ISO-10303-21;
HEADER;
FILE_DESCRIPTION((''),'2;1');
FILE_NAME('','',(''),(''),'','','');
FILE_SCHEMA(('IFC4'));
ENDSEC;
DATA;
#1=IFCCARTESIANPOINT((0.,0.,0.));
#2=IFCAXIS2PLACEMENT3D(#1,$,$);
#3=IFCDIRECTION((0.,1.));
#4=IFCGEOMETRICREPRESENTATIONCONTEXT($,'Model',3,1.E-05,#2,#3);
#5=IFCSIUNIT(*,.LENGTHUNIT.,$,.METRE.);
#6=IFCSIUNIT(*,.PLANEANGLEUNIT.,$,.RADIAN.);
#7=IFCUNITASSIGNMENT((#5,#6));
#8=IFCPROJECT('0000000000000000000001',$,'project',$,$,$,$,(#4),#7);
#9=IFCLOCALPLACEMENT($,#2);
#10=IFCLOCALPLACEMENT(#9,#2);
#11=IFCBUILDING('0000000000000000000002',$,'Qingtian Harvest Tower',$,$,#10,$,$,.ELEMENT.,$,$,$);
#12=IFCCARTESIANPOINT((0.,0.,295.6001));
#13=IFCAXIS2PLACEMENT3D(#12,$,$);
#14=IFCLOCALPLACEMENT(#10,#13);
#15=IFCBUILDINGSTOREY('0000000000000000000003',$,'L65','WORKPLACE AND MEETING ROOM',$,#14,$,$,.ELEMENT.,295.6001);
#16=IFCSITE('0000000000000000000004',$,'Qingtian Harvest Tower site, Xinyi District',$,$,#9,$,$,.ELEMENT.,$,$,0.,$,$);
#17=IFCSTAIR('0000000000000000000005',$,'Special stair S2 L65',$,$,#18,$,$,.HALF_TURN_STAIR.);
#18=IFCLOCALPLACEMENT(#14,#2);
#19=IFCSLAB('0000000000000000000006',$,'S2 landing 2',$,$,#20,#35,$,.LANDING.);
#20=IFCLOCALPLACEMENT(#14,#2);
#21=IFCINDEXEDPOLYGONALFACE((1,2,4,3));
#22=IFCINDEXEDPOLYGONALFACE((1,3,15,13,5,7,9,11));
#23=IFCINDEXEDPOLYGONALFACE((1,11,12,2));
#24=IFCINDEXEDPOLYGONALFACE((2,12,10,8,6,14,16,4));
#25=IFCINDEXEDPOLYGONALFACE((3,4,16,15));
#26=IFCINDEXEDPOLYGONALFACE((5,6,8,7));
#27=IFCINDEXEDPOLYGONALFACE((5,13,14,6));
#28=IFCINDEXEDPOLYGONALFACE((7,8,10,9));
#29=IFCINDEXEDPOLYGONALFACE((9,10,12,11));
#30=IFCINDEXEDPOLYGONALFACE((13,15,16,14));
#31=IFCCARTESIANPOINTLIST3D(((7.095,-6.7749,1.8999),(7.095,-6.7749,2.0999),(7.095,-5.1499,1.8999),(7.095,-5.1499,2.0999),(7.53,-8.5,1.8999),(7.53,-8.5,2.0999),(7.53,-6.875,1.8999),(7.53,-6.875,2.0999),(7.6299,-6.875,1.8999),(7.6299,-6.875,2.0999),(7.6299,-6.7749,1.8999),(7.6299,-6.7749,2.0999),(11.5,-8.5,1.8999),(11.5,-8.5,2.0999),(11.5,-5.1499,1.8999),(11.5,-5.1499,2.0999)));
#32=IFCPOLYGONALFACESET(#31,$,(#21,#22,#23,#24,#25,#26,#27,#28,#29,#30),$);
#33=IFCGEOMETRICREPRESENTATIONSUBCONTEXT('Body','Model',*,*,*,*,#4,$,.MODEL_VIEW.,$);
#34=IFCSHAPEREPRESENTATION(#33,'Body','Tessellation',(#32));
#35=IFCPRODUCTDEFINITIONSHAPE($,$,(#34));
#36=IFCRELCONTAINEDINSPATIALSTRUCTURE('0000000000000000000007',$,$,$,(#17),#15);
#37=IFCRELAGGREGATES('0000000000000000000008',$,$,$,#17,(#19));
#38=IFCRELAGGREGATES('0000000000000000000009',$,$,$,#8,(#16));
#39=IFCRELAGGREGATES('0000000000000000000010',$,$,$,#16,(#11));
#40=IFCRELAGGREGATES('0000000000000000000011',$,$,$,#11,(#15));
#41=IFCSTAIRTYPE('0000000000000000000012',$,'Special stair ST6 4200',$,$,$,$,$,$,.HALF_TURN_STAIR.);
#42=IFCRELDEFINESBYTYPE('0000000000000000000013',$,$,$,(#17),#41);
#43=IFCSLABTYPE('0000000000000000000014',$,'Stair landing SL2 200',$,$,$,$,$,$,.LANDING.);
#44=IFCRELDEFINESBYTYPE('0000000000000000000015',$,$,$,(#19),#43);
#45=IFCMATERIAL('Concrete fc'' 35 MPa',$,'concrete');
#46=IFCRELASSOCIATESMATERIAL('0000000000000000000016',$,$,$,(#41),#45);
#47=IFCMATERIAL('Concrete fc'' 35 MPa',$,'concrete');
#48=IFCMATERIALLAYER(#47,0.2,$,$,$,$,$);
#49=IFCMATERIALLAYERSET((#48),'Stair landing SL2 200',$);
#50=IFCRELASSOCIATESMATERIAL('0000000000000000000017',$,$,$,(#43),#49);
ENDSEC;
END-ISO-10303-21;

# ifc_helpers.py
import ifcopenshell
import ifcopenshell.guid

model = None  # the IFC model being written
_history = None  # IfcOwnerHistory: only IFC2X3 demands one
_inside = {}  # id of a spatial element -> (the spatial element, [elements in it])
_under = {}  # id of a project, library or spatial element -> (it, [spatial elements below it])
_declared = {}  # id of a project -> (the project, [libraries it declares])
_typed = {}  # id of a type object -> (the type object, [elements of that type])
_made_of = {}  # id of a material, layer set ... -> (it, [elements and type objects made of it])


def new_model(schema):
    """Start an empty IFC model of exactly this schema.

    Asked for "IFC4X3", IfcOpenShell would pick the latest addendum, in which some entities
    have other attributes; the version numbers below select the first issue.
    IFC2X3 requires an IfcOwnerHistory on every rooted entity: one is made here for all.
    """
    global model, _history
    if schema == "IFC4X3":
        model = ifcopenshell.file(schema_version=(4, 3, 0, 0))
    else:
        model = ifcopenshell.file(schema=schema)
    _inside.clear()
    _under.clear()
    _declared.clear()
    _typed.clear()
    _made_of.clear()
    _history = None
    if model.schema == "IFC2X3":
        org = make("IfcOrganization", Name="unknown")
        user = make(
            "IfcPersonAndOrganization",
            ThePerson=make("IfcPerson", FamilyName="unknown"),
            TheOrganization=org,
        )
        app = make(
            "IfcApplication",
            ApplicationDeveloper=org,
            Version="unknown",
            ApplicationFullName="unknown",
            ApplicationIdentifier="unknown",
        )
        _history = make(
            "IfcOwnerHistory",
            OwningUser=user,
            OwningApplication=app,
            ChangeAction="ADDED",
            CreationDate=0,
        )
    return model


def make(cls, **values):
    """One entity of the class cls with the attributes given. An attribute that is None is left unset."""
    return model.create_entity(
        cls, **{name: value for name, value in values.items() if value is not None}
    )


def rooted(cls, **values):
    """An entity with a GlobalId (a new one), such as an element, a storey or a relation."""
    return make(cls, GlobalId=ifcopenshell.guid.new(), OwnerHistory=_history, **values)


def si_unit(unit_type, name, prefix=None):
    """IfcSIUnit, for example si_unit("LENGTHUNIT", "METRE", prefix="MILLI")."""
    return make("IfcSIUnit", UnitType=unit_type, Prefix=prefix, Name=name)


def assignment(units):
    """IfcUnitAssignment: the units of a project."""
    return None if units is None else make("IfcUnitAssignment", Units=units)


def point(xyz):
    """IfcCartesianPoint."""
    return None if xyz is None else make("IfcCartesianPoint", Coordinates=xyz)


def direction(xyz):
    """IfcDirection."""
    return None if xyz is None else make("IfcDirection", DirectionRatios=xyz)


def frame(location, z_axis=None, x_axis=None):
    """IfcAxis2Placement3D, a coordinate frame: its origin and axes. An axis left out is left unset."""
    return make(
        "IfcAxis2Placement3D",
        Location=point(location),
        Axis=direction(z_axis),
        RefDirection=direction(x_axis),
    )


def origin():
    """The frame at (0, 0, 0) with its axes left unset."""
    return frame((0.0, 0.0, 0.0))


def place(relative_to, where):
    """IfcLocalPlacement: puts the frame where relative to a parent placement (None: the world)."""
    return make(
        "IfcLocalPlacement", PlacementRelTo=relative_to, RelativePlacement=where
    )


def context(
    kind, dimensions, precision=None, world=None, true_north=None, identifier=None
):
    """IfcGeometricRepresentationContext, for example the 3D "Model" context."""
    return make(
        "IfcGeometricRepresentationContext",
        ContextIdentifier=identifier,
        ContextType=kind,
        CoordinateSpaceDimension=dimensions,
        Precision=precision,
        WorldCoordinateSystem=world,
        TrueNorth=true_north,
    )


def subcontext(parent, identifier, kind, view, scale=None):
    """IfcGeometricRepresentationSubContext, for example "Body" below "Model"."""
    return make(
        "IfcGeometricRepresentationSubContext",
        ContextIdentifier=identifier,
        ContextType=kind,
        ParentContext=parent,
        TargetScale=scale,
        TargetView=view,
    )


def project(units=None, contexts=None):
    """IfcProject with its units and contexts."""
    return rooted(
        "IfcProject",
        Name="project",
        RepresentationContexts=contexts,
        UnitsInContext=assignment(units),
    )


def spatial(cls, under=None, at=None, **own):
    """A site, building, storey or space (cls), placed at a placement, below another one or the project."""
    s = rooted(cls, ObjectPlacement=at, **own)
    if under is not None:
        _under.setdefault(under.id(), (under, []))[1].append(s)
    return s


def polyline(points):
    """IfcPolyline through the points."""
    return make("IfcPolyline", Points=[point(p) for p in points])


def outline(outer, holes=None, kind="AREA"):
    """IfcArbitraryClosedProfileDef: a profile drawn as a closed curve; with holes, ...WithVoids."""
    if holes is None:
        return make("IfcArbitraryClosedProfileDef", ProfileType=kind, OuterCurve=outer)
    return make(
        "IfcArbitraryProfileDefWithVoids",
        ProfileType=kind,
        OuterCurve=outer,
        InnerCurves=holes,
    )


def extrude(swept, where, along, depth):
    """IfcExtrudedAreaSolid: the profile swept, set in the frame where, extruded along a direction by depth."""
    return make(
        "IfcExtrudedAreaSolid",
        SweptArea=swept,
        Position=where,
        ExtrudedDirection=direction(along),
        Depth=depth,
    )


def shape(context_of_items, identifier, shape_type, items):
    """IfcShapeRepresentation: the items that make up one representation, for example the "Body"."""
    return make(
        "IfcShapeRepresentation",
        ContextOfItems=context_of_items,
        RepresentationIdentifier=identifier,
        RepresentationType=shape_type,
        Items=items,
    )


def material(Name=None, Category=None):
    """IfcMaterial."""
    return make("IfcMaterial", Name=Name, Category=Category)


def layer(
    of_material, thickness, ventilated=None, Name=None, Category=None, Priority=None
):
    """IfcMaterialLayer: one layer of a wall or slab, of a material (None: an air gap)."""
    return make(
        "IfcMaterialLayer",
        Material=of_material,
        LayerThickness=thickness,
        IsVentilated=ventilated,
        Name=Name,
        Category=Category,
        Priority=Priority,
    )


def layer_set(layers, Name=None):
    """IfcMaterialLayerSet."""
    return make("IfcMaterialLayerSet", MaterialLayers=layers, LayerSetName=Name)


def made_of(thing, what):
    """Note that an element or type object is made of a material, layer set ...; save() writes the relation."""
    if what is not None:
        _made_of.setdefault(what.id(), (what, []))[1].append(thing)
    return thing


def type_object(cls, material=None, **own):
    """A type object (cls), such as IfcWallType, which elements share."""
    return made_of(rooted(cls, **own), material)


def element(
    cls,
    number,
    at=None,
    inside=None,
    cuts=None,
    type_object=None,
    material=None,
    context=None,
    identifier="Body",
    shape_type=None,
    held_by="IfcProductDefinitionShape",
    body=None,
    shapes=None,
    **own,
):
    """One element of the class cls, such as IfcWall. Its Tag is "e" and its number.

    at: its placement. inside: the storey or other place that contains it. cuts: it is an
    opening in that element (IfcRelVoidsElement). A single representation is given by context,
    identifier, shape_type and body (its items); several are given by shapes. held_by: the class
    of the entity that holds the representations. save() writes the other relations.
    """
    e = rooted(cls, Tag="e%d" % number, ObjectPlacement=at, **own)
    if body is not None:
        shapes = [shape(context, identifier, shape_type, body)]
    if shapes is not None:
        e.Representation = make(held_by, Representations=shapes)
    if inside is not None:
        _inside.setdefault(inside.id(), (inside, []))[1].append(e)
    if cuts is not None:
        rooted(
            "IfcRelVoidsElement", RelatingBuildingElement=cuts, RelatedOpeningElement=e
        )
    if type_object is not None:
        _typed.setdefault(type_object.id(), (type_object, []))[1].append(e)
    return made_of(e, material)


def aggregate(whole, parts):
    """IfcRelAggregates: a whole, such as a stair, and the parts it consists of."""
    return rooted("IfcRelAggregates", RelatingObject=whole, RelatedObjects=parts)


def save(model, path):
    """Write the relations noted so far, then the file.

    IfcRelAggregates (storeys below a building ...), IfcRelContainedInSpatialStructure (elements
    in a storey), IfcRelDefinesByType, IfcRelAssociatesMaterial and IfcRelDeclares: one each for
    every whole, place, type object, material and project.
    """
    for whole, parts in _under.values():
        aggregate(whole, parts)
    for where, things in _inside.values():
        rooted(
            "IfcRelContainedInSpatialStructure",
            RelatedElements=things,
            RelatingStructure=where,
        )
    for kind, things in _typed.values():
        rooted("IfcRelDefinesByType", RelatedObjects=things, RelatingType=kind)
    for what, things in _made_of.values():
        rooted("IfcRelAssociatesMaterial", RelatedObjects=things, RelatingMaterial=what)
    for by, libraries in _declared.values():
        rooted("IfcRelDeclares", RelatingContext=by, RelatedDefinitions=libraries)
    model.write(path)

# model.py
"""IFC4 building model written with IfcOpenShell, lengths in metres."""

from ifc_helpers import new_model, si_unit, direction, frame, origin, place, context, subcontext, project, spatial, polyline, outline, extrude, material, layer, layer_set, type_object, element, aggregate, save


model = new_model("IFC4")

# Units and contexts
model_context = context("Model", 3, precision=1e-05, world=origin(), true_north=direction((0.0, 1.0)))
body_context = subcontext(model_context, "Body", "Model", "MODEL_VIEW")
ifc_project = project(units=[si_unit("LENGTHUNIT", "METRE"), si_unit("PLANEANGLEUNIT", "RADIAN")], contexts=[model_context])

# Site, building, storey
site_placement = place(None, origin())
site = spatial("IfcSite", under=ifc_project, at=site_placement, Name="Qingtian Harvest Tower site, Xinyi District", CompositionType="ELEMENT", RefElevation=0.0)
building_placement = place(site_placement, origin())
building = spatial("IfcBuilding", under=site, at=building_placement, Name="Qingtian Harvest Tower", CompositionType="ELEMENT")
storey_placement = place(building_placement, frame((0.0, 0.0, 295.6001)))
storey = spatial("IfcBuildingStorey", under=building, at=storey_placement, Name="L65", Description="WORKPLACE AND MEETING ROOM", CompositionType="ELEMENT", Elevation=295.6001)

# Stair, slab
ifc_material_1 = material(Name="Concrete fc' 35 MPa", Category="concrete")
stair_type = type_object("IfcStairType", Name="Special stair ST6 4200", PredefinedType="HALF_TURN_STAIR", material=ifc_material_1)
stair_placement = place(storey_placement, origin())
stair = element("IfcStair", 1, at=stair_placement, inside=storey, type_object=stair_type, Name="Special stair S2 L65", PredefinedType="HALF_TURN_STAIR")
ifc_material_2 = material(Name="Concrete fc' 35 MPa", Category="concrete")
ifc_layer_1 = layer(ifc_material_2, 0.2)
ifc_layer_set_1 = layer_set([ifc_layer_1], Name="Stair landing SL2 200")
slab_type_1 = type_object("IfcSlabType", Name="Stair landing SL2 200", PredefinedType="LANDING", material=ifc_layer_set_1)
slab_1_placement = place(storey_placement, frame((0.0, 0.0, 1.8999)))
slab_1 = element("IfcSlab", 2, at=slab_1_placement, type_object=slab_type_1, Name="S2 landing 2", PredefinedType="LANDING", context=body_context, shape_type="SweptSolid", body=[
    extrude(outline(polyline([(7.53, -8.5), (7.53, -6.875), (7.6299, -6.875), (7.6299, -6.7749), (7.095, -6.7749), (7.095, -5.1499), (11.5, -5.1499), (11.5, -8.5), (7.53, -8.5)])), origin(), (0.0, 0.0, 1.0), 0.2),
])
aggregate(stair, [slab_1])

save(model, "model.ifc")
